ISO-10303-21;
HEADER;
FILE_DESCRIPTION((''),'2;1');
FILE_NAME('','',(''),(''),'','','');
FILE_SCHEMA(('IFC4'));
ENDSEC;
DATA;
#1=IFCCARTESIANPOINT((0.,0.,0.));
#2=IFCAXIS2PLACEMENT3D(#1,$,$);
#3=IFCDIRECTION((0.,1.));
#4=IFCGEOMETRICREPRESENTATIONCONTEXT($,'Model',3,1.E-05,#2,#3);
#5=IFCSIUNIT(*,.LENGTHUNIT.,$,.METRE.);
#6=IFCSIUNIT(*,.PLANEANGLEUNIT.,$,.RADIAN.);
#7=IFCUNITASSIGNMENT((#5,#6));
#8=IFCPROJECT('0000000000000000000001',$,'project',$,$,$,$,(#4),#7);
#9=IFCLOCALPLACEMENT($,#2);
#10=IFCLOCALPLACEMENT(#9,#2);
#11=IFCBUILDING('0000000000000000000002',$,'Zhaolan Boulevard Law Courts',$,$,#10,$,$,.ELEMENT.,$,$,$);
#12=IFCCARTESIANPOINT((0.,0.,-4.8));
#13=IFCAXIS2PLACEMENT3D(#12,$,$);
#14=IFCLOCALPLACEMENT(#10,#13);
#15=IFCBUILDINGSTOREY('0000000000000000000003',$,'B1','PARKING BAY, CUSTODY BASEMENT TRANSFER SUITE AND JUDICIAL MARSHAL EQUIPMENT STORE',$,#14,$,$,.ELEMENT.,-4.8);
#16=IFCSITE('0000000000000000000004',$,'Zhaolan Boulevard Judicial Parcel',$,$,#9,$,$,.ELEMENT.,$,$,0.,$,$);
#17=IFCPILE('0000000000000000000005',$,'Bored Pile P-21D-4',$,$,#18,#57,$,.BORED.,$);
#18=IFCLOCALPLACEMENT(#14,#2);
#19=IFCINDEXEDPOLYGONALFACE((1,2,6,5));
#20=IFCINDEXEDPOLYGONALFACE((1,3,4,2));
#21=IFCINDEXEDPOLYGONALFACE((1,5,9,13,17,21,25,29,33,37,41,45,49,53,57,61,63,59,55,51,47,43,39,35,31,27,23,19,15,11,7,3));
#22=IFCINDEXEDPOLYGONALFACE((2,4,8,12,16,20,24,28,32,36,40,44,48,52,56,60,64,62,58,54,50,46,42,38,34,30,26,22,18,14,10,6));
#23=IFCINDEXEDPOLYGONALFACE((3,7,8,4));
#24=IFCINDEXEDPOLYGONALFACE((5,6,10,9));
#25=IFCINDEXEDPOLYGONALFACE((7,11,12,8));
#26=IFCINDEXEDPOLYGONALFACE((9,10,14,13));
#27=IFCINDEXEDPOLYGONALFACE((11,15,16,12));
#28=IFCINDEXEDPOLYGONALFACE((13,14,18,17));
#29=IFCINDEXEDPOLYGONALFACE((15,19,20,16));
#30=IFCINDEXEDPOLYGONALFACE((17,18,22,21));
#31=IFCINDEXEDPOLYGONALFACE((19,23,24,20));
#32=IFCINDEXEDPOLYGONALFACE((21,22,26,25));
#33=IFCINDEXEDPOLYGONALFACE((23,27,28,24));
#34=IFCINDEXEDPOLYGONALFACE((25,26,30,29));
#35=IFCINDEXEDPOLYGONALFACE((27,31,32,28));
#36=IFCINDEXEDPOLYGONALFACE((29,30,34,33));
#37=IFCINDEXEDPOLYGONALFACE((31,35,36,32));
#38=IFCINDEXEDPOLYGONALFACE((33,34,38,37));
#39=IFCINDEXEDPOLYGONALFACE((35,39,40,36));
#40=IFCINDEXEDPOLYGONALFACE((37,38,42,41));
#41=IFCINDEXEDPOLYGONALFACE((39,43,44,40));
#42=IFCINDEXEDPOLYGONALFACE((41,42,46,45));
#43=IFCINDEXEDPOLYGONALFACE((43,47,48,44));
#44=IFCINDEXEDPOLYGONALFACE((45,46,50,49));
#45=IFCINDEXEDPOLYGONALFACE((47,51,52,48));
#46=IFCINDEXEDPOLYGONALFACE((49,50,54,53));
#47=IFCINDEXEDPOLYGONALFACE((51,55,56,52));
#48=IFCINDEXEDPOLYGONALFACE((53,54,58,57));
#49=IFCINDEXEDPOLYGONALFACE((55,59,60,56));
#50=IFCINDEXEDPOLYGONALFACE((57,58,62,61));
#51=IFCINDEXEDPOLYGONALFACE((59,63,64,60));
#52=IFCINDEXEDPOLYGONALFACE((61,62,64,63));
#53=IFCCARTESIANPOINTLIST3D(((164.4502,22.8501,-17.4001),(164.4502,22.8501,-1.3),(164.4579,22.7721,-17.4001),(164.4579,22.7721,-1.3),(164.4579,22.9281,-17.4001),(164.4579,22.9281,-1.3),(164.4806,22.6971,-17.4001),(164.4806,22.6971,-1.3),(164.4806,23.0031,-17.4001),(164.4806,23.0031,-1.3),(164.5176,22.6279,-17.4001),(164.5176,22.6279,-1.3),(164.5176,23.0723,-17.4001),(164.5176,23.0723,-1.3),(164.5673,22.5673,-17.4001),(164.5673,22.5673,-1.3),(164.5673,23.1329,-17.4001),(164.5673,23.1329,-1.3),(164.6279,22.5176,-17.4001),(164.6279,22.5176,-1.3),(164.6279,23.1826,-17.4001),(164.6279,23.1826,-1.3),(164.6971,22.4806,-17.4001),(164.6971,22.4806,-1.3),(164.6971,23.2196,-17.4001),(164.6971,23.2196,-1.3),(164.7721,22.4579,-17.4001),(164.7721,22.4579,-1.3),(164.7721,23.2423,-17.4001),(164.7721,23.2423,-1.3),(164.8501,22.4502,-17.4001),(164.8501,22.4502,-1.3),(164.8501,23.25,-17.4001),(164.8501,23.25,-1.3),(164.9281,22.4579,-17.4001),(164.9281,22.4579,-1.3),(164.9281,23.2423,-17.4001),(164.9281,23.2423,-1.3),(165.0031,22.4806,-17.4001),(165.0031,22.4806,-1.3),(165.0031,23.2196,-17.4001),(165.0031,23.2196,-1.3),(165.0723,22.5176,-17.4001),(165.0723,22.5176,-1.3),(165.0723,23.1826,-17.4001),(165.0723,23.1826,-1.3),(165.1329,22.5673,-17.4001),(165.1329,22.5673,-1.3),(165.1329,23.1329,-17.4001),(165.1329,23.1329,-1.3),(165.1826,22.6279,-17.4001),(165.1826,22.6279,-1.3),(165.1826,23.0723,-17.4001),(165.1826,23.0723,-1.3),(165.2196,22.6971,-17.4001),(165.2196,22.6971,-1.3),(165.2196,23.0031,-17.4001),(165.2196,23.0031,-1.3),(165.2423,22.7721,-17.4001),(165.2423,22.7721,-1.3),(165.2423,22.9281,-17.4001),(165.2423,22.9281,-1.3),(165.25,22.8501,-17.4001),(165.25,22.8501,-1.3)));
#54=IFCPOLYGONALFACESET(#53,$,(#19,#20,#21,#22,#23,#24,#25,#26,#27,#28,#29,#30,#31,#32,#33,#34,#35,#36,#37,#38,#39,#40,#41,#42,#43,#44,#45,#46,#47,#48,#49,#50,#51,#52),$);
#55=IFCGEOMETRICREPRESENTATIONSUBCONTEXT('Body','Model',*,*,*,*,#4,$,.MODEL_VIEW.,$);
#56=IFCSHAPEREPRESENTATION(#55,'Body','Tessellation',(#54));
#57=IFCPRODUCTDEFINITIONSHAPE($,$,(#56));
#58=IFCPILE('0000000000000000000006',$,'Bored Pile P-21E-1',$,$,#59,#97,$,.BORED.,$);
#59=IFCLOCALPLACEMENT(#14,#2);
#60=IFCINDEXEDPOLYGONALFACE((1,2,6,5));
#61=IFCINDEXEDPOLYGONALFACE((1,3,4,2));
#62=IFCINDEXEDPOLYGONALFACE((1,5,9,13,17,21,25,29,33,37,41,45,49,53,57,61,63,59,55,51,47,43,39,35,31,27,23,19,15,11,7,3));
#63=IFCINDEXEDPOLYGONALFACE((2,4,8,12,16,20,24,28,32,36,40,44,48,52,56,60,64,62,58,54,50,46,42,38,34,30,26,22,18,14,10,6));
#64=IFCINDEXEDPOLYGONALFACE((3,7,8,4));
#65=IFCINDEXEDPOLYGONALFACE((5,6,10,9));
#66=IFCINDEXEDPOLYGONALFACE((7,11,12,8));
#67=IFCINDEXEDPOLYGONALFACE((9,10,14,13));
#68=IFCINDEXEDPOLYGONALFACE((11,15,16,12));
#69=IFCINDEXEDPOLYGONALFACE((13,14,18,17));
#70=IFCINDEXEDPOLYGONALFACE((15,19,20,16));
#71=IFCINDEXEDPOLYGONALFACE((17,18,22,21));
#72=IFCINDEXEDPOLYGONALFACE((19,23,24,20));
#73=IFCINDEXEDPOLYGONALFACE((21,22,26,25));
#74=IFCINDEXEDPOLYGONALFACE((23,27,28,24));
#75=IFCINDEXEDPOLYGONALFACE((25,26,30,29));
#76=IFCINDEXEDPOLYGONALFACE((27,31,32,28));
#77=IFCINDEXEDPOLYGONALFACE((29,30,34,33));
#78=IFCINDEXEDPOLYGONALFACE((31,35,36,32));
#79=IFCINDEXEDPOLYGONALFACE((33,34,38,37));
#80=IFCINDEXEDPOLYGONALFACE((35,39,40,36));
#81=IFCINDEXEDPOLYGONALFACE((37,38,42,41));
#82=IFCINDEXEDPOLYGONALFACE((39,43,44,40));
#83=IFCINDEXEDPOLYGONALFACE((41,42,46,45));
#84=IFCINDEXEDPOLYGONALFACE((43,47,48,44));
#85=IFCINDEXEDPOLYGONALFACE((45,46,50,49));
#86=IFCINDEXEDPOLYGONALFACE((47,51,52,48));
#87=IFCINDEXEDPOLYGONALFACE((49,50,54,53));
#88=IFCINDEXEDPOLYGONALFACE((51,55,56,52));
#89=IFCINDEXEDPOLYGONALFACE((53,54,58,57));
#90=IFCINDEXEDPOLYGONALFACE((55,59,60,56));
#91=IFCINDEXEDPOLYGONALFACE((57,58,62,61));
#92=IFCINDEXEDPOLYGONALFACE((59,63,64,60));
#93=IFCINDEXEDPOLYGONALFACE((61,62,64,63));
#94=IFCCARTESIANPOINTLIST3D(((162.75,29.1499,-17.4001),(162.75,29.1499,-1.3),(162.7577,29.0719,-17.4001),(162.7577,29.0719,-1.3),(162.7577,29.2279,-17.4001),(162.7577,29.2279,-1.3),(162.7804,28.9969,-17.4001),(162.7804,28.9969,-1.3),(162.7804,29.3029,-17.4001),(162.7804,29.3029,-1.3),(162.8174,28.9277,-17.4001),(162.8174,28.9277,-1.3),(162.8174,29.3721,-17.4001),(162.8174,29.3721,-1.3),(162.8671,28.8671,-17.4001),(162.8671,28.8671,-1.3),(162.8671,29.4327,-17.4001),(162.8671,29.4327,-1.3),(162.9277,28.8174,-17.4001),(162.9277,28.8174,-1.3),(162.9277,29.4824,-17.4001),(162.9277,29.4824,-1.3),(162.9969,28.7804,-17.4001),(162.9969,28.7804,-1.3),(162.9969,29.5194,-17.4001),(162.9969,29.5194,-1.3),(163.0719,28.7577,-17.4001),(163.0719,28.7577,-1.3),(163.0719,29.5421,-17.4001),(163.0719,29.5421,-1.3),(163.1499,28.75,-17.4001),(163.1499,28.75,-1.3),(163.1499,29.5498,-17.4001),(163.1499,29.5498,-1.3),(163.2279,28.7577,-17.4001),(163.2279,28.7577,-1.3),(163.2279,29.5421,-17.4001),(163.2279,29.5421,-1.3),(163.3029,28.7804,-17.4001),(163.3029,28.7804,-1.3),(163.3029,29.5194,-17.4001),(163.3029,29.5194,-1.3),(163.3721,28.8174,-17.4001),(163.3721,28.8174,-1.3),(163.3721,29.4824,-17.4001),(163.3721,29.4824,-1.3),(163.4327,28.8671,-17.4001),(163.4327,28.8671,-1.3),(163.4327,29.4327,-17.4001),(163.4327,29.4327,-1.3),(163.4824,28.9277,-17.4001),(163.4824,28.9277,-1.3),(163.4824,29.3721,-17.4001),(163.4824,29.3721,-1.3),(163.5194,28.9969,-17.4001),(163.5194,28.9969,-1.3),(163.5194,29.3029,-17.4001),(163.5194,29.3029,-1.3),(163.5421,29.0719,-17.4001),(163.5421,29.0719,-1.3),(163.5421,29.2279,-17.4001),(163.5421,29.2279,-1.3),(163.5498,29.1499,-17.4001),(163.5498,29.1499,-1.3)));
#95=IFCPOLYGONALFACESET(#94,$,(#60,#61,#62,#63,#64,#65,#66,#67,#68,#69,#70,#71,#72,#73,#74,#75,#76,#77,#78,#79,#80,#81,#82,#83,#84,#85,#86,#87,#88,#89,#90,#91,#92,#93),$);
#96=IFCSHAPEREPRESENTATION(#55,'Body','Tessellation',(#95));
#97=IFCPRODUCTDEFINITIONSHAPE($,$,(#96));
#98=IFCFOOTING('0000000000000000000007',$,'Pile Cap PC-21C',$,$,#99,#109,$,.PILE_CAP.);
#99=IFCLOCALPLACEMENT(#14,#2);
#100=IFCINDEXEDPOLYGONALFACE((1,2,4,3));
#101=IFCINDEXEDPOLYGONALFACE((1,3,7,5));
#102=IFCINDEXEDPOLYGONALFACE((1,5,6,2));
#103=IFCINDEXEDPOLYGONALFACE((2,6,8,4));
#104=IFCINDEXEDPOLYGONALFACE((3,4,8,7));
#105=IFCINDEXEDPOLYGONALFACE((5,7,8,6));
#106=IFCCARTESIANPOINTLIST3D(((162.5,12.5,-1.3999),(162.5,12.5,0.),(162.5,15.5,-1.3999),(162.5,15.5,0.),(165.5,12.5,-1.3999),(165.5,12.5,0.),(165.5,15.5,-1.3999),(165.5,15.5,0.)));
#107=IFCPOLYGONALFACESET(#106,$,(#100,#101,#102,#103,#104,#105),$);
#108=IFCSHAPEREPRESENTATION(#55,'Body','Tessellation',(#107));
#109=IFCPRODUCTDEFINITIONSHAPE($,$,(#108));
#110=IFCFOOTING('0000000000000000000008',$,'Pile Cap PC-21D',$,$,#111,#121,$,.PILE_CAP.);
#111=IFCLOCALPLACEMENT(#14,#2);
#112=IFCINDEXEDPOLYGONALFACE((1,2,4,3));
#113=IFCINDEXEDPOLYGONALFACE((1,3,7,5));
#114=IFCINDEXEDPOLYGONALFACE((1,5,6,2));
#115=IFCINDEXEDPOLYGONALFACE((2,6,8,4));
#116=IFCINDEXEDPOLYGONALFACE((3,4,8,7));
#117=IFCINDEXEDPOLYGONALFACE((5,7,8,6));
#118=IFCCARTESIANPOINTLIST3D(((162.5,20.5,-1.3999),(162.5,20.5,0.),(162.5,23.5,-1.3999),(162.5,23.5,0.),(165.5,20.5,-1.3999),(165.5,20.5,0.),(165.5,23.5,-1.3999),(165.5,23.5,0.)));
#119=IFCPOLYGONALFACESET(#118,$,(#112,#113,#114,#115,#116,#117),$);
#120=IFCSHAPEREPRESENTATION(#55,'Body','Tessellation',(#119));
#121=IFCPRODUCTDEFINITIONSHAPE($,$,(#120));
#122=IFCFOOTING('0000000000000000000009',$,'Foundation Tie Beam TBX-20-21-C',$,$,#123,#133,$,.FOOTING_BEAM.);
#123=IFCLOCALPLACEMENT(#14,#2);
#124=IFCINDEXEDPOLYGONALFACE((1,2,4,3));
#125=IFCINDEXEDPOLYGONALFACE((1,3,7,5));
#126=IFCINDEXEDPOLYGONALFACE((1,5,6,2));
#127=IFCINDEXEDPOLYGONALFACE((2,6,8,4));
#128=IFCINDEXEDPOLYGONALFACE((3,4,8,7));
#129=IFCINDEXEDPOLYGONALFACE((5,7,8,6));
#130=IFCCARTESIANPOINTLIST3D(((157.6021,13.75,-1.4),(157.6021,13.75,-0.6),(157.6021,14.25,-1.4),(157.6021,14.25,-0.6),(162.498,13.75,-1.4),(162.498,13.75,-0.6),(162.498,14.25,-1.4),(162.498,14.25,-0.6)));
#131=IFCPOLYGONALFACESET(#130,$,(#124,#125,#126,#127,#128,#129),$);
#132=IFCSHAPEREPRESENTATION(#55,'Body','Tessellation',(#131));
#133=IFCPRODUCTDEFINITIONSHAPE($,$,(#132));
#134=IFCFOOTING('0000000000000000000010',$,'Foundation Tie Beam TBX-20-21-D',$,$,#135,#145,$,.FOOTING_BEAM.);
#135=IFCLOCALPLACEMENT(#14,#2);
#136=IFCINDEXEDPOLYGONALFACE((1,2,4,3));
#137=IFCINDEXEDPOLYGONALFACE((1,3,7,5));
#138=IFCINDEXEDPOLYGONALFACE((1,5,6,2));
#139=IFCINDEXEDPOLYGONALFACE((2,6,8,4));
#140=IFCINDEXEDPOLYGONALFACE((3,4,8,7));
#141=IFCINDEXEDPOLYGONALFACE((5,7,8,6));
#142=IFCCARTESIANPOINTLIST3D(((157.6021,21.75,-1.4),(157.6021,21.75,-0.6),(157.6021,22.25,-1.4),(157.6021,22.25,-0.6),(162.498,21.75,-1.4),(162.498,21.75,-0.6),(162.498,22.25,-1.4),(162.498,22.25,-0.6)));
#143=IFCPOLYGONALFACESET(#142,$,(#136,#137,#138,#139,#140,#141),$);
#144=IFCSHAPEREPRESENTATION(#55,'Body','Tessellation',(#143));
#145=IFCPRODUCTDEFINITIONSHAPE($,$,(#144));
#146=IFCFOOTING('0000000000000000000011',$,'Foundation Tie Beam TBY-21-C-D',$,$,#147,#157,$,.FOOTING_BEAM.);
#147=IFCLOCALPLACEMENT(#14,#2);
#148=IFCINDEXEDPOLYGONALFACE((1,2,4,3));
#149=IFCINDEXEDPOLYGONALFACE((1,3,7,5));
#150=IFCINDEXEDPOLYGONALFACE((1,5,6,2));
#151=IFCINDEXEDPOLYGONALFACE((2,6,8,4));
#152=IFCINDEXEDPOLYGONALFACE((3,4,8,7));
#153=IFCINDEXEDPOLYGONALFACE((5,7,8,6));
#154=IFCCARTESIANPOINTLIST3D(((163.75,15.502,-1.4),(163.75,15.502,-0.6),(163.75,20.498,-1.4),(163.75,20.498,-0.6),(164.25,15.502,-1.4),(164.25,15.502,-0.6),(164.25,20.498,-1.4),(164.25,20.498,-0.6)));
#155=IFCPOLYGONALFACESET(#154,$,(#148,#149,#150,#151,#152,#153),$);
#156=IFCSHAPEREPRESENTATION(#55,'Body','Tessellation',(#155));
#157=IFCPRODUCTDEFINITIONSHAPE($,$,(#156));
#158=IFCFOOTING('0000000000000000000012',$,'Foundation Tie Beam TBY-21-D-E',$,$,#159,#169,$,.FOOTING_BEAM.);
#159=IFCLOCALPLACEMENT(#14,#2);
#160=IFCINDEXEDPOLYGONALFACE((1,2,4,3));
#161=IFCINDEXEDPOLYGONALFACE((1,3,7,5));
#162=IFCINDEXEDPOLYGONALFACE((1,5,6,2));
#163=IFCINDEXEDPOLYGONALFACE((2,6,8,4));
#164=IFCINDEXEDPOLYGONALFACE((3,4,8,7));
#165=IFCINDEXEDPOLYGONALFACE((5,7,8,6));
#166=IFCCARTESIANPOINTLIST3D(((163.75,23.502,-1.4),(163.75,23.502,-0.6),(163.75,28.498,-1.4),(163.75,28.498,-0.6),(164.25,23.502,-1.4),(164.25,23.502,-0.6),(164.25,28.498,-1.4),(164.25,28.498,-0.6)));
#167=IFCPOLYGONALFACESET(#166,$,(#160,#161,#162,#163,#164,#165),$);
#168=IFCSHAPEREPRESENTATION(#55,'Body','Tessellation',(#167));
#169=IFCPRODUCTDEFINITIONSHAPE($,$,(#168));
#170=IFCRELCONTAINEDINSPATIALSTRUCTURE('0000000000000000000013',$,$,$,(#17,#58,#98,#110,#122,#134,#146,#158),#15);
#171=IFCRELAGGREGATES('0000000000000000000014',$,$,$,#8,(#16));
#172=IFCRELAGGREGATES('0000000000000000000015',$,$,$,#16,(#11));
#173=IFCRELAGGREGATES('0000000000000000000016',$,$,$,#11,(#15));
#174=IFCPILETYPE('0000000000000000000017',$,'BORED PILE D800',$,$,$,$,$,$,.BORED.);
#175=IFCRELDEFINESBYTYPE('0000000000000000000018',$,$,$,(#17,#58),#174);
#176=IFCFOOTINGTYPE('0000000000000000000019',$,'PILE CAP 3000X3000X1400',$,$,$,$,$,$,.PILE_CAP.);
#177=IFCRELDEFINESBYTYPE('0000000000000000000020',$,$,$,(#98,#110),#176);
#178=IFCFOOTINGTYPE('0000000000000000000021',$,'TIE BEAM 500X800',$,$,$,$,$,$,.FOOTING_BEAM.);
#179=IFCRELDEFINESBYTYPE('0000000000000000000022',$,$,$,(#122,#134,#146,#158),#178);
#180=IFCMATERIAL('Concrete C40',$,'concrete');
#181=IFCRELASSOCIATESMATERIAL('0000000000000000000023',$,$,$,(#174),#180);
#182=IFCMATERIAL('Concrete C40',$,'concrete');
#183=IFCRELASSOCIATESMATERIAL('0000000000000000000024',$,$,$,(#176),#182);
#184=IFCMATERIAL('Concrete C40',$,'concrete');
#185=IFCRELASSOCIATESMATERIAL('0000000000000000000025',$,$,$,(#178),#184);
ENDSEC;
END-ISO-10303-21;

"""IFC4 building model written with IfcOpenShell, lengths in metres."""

from ifc_helpers import new_model, si_unit, direction, frame, origin, origin_2d, place, context, subcontext, project, spatial, rectangle, circle, extrude, material, material_profile, profile_set, type_object, element, save


model = new_model("IFC4")

# Units and contexts
model_context = context("Model", 3, precision=1e-05, world=origin(), true_north=direction((0.0, 1.0)))
body_context = subcontext(model_context, "Body", "Model", "MODEL_VIEW")
ifc_project = project(units=[si_unit("LENGTHUNIT", "METRE"), si_unit("PLANEANGLEUNIT", "RADIAN")], contexts=[model_context])

# Site, building, storey
site_placement = place(None, origin())
site = spatial("IfcSite", under=ifc_project, at=site_placement, Name="Zhaolan Boulevard Judicial Parcel", CompositionType="ELEMENT", RefElevation=0.0)
building_placement = place(site_placement, origin())
building = spatial("IfcBuilding", under=site, at=building_placement, Name="Zhaolan Boulevard Law Courts", CompositionType="ELEMENT")
storey_placement = place(building_placement, frame((0.0, 0.0, -4.8)))
storey = spatial("IfcBuildingStorey", under=building, at=storey_placement, Name="B1", Description="PARKING BAY, CUSTODY BASEMENT TRANSFER SUITE AND JUDICIAL MARSHAL EQUIPMENT STORE", CompositionType="ELEMENT", Elevation=-4.8)

# Piles
ifc_material_1 = material(Name="Concrete C40", Category="concrete")
ifc_material_profile_1 = material_profile(ifc_material_1, circle(Radius=0.3999, at=origin_2d()), Name="PILE-D800")
ifc_profile_set_1 = profile_set([ifc_material_profile_1], Name="Concrete C40")
pile_type = type_object("IfcPileType", Name="BORED PILE D800", PredefinedType="BORED", material=ifc_profile_set_1)
for number, where, z_axis, x_axis, name in (
    (1, (164.8501, 22.8501, -1.3), (0.0, 0.0, -1.0), (1.0, 0.0, 0.0), "Bored Pile P-21D-4"),
    (2, (163.1499, 29.1499, -1.3), (0.0, 0.0, -1.0), (1.0, 0.0, 0.0), "Bored Pile P-21E-1"),
):
    element("IfcPile", number, at=place(storey_placement, frame(where, z_axis=z_axis, x_axis=x_axis)), inside=storey, type_object=pile_type, Name=name, PredefinedType="BORED", context=body_context, shape_type="SweptSolid", body=[
        extrude(circle(Radius=0.3999, at=origin_2d()), origin(), (0.0, 0.0, 1.0), 16.1001),
    ])

# Footings
ifc_material_2 = material(Name="Concrete C40", Category="concrete")
footing_type_1 = type_object("IfcFootingType", Name="PILE CAP 3000X3000X1400", PredefinedType="PILE_CAP", material=ifc_material_2)
for number, where, z_axis, x_axis, name in (
    (3, (164.0, 14.0, -1.3999), (0.0, 0.0, 1.0), (1.0, 0.0, 0.0), "Pile Cap PC-21C"),
    (4, (164.0, 22.0, -1.3999), (0.0, 0.0, 1.0), (1.0, 0.0, 0.0), "Pile Cap PC-21D"),
):
    element("IfcFooting", number, at=place(storey_placement, frame(where, z_axis=z_axis, x_axis=x_axis)), inside=storey, type_object=footing_type_1, Name=name, PredefinedType="PILE_CAP", context=body_context, shape_type="SweptSolid", body=[
        extrude(rectangle(XDim=3.0, YDim=3.0, at=origin_2d()), origin(), (0.0, 0.0, 1.0), 1.3999),
    ])
ifc_material_3 = material(Name="Concrete C40", Category="concrete")
ifc_material_profile_2 = material_profile(ifc_material_3, rectangle(XDim=0.5, YDim=0.8, at=origin_2d()), Name="RC500x800")
ifc_profile_set_2 = profile_set([ifc_material_profile_2], Name="Concrete C40")
footing_type_2 = type_object("IfcFootingType", Name="TIE BEAM 500X800", PredefinedType="FOOTING_BEAM", material=ifc_profile_set_2)
for number, where, z_axis, x_axis, name in (
    (5, (157.6021, 14.0, -1.0), (1.0, 0.0, 0.0), (0.0, 1.0, 0.0), "Foundation Tie Beam TBX-20-21-C"),
    (6, (157.6021, 22.0, -1.0), (1.0, 0.0, 0.0), (0.0, 1.0, 0.0), "Foundation Tie Beam TBX-20-21-D"),
):
    element("IfcFooting", number, at=place(storey_placement, frame(where, z_axis=z_axis, x_axis=x_axis)), inside=storey, type_object=footing_type_2, Name=name, PredefinedType="FOOTING_BEAM", context=body_context, shape_type="SweptSolid", body=[
        extrude(rectangle(XDim=0.5, YDim=0.8, at=origin_2d()), origin(), (0.0, 0.0, 1.0), 4.896),
    ])
for number, where, z_axis, x_axis, name in (
    (7, (164.0, 15.502, -1.0), (0.0, 1.0, 0.0), (-1.0, 0.0, 0.0), "Foundation Tie Beam TBY-21-C-D"),
    (8, (164.0, 23.502, -1.0), (0.0, 1.0, 0.0), (-1.0, 0.0, 0.0), "Foundation Tie Beam TBY-21-D-E"),
):
    element("IfcFooting", number, at=place(storey_placement, frame(where, z_axis=z_axis, x_axis=x_axis)), inside=storey, type_object=footing_type_2, Name=name, PredefinedType="FOOTING_BEAM", context=body_context, shape_type="SweptSolid", body=[
        extrude(rectangle(XDim=0.5, YDim=0.8, at=origin_2d()), origin(), (0.0, 0.0, 1.0), 4.9961),
    ])

save(model, "model.ifc")
